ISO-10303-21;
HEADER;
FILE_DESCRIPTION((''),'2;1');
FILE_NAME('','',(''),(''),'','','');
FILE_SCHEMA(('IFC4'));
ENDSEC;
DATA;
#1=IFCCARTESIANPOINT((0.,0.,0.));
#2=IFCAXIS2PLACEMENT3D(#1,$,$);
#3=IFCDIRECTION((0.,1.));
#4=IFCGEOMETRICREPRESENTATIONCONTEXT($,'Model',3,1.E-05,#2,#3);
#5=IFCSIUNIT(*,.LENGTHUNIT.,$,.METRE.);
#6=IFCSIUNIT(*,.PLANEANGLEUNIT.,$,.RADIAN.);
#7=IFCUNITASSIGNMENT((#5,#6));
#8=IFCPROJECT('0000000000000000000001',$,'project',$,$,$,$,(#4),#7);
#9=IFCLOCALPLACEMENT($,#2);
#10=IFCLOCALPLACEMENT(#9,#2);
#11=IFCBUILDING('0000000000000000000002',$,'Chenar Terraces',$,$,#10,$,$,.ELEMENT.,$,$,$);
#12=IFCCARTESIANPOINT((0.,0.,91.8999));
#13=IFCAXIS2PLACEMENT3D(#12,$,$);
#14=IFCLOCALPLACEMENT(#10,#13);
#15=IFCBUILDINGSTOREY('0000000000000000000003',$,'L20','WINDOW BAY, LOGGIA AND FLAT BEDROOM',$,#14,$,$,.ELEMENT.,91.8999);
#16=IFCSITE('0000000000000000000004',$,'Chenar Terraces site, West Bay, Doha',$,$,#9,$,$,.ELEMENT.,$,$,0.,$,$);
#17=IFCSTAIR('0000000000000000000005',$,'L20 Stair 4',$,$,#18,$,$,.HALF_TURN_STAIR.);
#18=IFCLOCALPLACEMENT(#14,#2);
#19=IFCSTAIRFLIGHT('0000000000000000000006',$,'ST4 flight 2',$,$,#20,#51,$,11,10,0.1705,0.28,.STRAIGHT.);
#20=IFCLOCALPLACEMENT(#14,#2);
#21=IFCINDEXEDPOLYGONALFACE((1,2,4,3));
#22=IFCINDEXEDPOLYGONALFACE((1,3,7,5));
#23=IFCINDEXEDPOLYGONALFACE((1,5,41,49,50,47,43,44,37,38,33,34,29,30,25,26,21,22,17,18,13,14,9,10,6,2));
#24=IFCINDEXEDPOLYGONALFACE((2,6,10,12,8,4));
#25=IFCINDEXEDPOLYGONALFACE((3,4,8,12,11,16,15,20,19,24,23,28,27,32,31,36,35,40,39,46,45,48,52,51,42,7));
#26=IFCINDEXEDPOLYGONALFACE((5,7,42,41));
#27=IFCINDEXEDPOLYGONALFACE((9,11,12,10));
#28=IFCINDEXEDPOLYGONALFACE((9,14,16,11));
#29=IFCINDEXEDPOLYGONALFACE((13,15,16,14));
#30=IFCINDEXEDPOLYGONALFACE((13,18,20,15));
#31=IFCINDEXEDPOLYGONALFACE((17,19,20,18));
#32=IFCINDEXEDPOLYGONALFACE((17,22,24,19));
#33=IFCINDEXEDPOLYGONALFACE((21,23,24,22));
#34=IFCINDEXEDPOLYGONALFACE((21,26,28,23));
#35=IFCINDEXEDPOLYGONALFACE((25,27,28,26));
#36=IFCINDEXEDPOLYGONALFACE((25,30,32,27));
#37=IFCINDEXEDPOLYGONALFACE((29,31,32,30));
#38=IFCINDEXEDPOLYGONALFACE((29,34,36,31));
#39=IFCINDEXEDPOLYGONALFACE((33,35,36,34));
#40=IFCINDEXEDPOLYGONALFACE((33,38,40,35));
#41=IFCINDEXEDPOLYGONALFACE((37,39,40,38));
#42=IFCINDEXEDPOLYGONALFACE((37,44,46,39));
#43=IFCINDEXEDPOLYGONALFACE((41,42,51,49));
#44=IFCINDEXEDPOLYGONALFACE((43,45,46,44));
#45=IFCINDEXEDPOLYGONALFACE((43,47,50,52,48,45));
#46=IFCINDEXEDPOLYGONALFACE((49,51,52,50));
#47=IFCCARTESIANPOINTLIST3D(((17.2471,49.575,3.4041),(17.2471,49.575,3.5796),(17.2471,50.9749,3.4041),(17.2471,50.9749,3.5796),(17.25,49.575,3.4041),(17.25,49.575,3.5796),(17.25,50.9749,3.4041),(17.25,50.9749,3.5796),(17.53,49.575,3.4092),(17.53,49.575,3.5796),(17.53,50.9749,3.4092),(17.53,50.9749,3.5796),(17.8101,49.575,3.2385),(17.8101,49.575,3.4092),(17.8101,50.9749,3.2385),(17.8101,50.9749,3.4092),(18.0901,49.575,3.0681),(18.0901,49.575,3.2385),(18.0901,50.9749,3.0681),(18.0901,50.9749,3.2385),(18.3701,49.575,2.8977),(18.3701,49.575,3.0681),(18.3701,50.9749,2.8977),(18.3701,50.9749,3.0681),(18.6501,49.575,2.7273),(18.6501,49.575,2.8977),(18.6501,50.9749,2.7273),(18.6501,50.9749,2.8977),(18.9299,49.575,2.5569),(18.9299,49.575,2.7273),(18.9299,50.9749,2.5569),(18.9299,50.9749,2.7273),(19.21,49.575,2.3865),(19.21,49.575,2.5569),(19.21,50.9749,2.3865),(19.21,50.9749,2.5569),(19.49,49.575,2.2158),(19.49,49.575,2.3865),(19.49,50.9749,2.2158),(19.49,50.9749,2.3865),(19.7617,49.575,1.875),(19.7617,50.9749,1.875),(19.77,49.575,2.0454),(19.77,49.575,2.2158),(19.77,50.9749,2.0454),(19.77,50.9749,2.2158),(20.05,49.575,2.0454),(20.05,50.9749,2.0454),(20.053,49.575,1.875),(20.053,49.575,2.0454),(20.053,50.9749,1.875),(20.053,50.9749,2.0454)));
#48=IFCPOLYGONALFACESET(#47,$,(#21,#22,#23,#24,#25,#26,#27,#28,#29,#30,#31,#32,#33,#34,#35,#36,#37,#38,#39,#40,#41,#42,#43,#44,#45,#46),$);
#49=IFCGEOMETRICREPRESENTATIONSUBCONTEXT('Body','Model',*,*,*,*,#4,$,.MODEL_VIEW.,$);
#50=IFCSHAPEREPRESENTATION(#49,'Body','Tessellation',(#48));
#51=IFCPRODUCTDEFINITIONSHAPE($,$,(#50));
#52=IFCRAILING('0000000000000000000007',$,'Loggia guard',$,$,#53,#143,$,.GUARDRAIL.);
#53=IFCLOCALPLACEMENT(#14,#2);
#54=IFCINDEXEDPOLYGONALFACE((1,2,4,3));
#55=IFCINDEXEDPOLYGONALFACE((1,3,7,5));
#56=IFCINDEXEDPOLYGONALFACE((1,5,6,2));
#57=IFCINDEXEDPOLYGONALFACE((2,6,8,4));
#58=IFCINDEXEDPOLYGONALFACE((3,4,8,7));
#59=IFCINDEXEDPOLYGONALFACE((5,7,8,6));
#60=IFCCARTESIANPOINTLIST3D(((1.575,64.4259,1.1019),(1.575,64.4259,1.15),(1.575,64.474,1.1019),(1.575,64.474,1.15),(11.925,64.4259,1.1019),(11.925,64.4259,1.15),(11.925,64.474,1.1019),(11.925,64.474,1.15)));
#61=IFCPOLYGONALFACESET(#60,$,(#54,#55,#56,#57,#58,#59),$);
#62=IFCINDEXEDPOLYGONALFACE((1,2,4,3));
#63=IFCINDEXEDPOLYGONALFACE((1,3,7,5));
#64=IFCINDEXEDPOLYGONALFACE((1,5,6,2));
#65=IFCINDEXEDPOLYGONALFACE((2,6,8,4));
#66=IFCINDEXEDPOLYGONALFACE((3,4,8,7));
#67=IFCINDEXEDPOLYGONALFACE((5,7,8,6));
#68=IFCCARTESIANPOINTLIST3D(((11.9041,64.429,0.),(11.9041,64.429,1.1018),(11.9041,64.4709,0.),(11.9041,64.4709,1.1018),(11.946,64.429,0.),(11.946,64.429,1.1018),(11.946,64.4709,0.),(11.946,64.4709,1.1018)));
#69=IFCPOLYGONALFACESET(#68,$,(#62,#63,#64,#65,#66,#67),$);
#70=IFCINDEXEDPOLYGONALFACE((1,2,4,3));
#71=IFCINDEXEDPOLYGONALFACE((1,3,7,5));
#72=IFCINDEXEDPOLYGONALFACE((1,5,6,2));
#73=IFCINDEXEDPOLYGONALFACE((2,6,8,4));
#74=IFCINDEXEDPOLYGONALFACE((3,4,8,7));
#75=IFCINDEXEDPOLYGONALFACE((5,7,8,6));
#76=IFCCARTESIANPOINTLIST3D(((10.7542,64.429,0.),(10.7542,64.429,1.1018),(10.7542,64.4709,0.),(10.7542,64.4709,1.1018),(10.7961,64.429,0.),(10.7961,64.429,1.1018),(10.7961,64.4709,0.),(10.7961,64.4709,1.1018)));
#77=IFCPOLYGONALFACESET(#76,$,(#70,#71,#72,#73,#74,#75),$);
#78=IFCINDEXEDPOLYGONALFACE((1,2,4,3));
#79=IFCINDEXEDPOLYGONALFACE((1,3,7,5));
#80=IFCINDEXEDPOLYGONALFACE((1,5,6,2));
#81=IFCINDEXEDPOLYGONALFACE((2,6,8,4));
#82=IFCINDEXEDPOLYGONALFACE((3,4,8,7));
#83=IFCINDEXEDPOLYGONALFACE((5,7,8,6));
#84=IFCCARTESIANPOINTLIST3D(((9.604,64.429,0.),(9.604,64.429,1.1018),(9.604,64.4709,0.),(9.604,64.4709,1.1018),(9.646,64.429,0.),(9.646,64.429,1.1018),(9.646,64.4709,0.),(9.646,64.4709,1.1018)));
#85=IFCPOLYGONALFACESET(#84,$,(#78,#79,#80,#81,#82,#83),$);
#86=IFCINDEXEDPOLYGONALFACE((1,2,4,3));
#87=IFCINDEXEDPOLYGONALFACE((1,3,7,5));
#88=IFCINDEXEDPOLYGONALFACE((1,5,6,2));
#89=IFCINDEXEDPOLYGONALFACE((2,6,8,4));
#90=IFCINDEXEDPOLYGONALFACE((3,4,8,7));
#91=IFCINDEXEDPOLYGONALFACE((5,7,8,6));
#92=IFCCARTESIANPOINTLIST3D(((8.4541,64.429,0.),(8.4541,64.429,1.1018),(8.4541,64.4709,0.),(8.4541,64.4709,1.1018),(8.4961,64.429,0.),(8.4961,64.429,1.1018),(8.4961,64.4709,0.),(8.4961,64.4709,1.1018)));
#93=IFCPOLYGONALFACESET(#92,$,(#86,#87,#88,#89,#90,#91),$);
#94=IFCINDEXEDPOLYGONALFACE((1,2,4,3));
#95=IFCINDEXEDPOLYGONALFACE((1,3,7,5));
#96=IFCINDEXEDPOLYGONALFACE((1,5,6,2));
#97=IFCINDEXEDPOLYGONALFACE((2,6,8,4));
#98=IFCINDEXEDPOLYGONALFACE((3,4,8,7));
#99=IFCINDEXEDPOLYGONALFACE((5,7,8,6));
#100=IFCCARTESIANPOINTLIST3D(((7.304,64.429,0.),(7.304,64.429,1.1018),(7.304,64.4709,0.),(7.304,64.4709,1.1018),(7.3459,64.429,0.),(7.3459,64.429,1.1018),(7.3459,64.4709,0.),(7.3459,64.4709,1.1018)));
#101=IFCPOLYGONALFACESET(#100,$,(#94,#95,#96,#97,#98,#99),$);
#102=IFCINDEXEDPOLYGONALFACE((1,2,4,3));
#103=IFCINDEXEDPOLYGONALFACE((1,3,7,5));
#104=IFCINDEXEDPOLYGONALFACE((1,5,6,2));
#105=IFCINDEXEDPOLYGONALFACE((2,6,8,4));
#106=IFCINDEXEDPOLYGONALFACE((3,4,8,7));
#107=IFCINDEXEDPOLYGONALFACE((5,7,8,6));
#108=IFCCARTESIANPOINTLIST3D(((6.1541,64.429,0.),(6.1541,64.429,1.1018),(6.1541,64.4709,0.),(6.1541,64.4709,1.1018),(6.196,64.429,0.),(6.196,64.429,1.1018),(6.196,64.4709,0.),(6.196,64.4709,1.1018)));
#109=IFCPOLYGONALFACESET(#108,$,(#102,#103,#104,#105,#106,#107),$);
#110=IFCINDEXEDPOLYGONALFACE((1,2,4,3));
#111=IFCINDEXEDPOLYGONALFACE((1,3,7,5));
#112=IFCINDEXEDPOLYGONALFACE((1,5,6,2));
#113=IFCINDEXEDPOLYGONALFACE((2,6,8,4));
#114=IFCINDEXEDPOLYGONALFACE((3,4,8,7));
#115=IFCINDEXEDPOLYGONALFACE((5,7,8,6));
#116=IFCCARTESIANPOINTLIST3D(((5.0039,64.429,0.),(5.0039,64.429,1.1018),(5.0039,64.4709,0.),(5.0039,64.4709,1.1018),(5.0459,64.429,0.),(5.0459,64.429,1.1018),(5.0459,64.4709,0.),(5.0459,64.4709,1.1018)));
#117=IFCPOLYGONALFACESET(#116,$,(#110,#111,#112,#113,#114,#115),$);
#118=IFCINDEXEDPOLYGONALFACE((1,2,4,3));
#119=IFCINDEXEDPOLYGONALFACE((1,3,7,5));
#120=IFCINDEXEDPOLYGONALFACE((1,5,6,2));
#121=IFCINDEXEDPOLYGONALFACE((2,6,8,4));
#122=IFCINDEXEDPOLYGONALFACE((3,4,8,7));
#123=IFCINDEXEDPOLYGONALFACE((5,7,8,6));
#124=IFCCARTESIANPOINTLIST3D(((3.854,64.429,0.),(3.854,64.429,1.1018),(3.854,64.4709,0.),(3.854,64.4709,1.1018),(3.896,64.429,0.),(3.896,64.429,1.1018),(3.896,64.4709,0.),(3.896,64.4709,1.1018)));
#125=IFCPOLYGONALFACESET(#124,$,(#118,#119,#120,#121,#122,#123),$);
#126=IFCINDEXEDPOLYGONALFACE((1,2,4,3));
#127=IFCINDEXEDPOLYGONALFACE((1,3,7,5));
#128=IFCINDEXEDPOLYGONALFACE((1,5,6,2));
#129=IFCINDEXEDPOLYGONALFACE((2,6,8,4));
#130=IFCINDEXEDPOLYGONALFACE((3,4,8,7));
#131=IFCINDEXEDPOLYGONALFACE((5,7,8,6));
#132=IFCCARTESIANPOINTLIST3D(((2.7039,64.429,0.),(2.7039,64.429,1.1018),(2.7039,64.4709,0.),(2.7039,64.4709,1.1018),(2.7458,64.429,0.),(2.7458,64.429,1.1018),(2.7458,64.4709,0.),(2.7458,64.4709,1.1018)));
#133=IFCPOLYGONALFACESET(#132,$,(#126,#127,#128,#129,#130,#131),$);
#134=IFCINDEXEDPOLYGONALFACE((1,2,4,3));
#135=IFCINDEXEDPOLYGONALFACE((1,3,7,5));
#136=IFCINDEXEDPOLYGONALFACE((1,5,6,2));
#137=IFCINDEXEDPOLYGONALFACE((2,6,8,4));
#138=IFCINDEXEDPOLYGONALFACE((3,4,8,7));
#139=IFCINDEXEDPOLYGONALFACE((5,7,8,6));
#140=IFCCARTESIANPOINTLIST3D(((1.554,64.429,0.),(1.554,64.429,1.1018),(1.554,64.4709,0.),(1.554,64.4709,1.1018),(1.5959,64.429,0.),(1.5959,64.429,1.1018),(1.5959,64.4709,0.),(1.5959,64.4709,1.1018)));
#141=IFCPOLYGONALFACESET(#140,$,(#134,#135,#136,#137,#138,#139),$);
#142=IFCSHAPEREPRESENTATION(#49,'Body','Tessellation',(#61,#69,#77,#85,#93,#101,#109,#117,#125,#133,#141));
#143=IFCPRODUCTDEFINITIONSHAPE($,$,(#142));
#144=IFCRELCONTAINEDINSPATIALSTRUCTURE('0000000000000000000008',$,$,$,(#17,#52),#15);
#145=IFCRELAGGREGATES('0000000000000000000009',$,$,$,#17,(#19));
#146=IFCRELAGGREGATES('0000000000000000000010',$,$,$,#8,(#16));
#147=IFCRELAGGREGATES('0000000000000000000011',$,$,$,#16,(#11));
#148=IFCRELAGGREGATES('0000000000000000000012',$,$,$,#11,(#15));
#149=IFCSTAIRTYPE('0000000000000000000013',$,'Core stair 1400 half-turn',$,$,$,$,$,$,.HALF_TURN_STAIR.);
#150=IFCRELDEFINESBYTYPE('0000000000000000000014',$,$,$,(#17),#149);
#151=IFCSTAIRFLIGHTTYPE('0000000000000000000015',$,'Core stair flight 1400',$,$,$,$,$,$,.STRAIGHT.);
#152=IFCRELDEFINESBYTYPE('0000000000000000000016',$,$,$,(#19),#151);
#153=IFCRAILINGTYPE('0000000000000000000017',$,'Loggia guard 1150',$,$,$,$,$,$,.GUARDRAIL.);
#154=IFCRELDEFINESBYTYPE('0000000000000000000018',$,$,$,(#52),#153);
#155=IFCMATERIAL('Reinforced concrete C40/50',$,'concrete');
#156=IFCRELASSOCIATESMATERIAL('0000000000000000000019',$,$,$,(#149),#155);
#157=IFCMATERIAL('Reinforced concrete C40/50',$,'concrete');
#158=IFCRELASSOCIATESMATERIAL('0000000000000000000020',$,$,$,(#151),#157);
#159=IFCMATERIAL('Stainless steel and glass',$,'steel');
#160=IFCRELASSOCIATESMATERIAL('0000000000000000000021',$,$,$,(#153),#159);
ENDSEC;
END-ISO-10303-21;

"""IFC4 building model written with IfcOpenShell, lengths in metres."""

from ifc_helpers import new_model, si_unit, direction, frame, origin, origin_2d, place, context, subcontext, project, spatial, polyline, rectangle, outline, extrude, material, type_object, element, aggregate, save


model = new_model("IFC4")

# Units and contexts
model_context = context("Model", 3, precision=1e-05, world=origin(), true_north=direction((0.0, 1.0)))
body_context = subcontext(model_context, "Body", "Model", "MODEL_VIEW")
ifc_project = project(units=[si_unit("LENGTHUNIT", "METRE"), si_unit("PLANEANGLEUNIT", "RADIAN")], contexts=[model_context])

# Site, building, storey
site_placement = place(None, origin())
site = spatial("IfcSite", under=ifc_project, at=site_placement, Name="Chenar Terraces site, West Bay, Doha", CompositionType="ELEMENT", RefElevation=0.0)
building_placement = place(site_placement, origin())
building = spatial("IfcBuilding", under=site, at=building_placement, Name="Chenar Terraces", CompositionType="ELEMENT")
storey_placement = place(building_placement, frame((0.0, 0.0, 91.8999)))
storey = spatial("IfcBuildingStorey", under=building, at=storey_placement, Name="L20", Description="WINDOW BAY, LOGGIA AND FLAT BEDROOM", CompositionType="ELEMENT", Elevation=91.8999)

# Stair, stair flight
ifc_material_1 = material(Name="Reinforced concrete C40/50", Category="concrete")
stair_type = type_object("IfcStairType", Name="Core stair 1400 half-turn", PredefinedType="HALF_TURN_STAIR", material=ifc_material_1)
stair_placement = place(storey_placement, origin())
stair = element("IfcStair", 1, at=stair_placement, inside=storey, type_object=stair_type, Name="L20 Stair 4", PredefinedType="HALF_TURN_STAIR")
ifc_material_2 = material(Name="Reinforced concrete C40/50", Category="concrete")
stair_flight_type = type_object("IfcStairFlightType", Name="Core stair flight 1400", PredefinedType="STRAIGHT", material=ifc_material_2)
stair_flight_placement = place(storey_placement, frame((20.05, 50.2749, 1.875), z_axis=(0.0, 0.0, 1.0), x_axis=(-1.0, 0.0, 0.0)))
stair_flight = element("IfcStairFlight", 2, at=stair_flight_placement, type_object=stair_flight_type, Name="ST4 flight 2", NumberOfRisers=11, NumberOfTreads=10, PredefinedType="STRAIGHT", RiserHeight=0.1705, TreadLength=0.28, context=body_context, shape_type="SweptSolid", body=[
    extrude(outline(polyline([(-0.0029, 0.0), (-0.0029, 0.1704), (0.0, 0.1704), (0.28, 0.1704), (0.28, 0.3408), (0.5601, 0.3408), (0.5601, 0.5115), (0.8401, 0.5115), (0.8401, 0.6819), (1.1201, 0.6819), (1.1201, 0.8523), (1.3999, 0.8523), (1.3999, 1.0227), (1.6799, 1.0227), (1.6799, 1.1931), (1.96, 1.1931), (1.96, 1.3635), (2.24, 1.3635), (2.24, 1.5342), (2.52, 1.5342), (2.52, 1.7046), (2.8, 1.7046), (2.803, 1.7046), (2.803, 1.5291), (2.8, 1.5291), (0.2883, 0.0), (-0.0029, 0.0)])), frame((0.0, 0.7, 0.0), z_axis=(0.0, -1.0, 0.0), x_axis=(1.0, 0.0, 0.0)), (0.0, 0.0, 1.0), 1.3999),
])
aggregate(stair, [stair_flight])

# Railing
ifc_material_3 = material(Name="Stainless steel and glass", Category="steel")
railing_type_1 = type_object("IfcRailingType", Name="Loggia guard 1150", PredefinedType="GUARDRAIL", material=ifc_material_3)
railing_1_placement = place(storey_placement, frame((11.925, 64.45, 0.0)))
element("IfcRailing", 3, at=railing_1_placement, inside=storey, type_object=railing_type_1, Name="Loggia guard", PredefinedType="GUARDRAIL", context=body_context, shape_type="SweptSolid", body=[
    extrude(rectangle(XDim=0.0481, YDim=0.0481, at=origin_2d()), frame((0.0, 0.0, 1.126), z_axis=(-1.0, 0.0, 0.0), x_axis=(0.0, -1.0, 0.0)), (0.0, 0.0, 1.0), 10.3501),
    extrude(rectangle(XDim=0.042, YDim=0.042, at=origin_2d()), origin(), (0.0, 0.0, 1.0), 1.1018),
    extrude(rectangle(XDim=0.042, YDim=0.042, at=origin_2d()), frame((-1.1499, 0.0, 0.0)), (0.0, 0.0, 1.0), 1.1018),
    extrude(rectangle(XDim=0.042, YDim=0.042, at=origin_2d()), frame((-2.3, 0.0, 0.0)), (0.0, 0.0, 1.0), 1.1018),
    extrude(rectangle(XDim=0.042, YDim=0.042, at=origin_2d()), frame((-3.45, 0.0, 0.0)), (0.0, 0.0, 1.0), 1.1018),
    extrude(rectangle(XDim=0.042, YDim=0.042, at=origin_2d()), frame((-4.6001, 0.0, 0.0)), (0.0, 0.0, 1.0), 1.1018),
    extrude(rectangle(XDim=0.042, YDim=0.042, at=origin_2d()), frame((-5.75, 0.0, 0.0)), (0.0, 0.0, 1.0), 1.1018),
    extrude(rectangle(XDim=0.042, YDim=0.042, at=origin_2d()), frame((-6.9001, 0.0, 0.0)), (0.0, 0.0, 1.0), 1.1018),
    extrude(rectangle(XDim=0.042, YDim=0.042, at=origin_2d()), frame((-8.05, 0.0, 0.0)), (0.0, 0.0, 1.0), 1.1018),
    extrude(rectangle(XDim=0.042, YDim=0.042, at=origin_2d()), frame((-9.2002, 0.0, 0.0)), (0.0, 0.0, 1.0), 1.1018),
    extrude(rectangle(XDim=0.042, YDim=0.042, at=origin_2d()), frame((-10.3501, 0.0, 0.0)), (0.0, 0.0, 1.0), 1.1018),
])

save(model, "model.ifc")
